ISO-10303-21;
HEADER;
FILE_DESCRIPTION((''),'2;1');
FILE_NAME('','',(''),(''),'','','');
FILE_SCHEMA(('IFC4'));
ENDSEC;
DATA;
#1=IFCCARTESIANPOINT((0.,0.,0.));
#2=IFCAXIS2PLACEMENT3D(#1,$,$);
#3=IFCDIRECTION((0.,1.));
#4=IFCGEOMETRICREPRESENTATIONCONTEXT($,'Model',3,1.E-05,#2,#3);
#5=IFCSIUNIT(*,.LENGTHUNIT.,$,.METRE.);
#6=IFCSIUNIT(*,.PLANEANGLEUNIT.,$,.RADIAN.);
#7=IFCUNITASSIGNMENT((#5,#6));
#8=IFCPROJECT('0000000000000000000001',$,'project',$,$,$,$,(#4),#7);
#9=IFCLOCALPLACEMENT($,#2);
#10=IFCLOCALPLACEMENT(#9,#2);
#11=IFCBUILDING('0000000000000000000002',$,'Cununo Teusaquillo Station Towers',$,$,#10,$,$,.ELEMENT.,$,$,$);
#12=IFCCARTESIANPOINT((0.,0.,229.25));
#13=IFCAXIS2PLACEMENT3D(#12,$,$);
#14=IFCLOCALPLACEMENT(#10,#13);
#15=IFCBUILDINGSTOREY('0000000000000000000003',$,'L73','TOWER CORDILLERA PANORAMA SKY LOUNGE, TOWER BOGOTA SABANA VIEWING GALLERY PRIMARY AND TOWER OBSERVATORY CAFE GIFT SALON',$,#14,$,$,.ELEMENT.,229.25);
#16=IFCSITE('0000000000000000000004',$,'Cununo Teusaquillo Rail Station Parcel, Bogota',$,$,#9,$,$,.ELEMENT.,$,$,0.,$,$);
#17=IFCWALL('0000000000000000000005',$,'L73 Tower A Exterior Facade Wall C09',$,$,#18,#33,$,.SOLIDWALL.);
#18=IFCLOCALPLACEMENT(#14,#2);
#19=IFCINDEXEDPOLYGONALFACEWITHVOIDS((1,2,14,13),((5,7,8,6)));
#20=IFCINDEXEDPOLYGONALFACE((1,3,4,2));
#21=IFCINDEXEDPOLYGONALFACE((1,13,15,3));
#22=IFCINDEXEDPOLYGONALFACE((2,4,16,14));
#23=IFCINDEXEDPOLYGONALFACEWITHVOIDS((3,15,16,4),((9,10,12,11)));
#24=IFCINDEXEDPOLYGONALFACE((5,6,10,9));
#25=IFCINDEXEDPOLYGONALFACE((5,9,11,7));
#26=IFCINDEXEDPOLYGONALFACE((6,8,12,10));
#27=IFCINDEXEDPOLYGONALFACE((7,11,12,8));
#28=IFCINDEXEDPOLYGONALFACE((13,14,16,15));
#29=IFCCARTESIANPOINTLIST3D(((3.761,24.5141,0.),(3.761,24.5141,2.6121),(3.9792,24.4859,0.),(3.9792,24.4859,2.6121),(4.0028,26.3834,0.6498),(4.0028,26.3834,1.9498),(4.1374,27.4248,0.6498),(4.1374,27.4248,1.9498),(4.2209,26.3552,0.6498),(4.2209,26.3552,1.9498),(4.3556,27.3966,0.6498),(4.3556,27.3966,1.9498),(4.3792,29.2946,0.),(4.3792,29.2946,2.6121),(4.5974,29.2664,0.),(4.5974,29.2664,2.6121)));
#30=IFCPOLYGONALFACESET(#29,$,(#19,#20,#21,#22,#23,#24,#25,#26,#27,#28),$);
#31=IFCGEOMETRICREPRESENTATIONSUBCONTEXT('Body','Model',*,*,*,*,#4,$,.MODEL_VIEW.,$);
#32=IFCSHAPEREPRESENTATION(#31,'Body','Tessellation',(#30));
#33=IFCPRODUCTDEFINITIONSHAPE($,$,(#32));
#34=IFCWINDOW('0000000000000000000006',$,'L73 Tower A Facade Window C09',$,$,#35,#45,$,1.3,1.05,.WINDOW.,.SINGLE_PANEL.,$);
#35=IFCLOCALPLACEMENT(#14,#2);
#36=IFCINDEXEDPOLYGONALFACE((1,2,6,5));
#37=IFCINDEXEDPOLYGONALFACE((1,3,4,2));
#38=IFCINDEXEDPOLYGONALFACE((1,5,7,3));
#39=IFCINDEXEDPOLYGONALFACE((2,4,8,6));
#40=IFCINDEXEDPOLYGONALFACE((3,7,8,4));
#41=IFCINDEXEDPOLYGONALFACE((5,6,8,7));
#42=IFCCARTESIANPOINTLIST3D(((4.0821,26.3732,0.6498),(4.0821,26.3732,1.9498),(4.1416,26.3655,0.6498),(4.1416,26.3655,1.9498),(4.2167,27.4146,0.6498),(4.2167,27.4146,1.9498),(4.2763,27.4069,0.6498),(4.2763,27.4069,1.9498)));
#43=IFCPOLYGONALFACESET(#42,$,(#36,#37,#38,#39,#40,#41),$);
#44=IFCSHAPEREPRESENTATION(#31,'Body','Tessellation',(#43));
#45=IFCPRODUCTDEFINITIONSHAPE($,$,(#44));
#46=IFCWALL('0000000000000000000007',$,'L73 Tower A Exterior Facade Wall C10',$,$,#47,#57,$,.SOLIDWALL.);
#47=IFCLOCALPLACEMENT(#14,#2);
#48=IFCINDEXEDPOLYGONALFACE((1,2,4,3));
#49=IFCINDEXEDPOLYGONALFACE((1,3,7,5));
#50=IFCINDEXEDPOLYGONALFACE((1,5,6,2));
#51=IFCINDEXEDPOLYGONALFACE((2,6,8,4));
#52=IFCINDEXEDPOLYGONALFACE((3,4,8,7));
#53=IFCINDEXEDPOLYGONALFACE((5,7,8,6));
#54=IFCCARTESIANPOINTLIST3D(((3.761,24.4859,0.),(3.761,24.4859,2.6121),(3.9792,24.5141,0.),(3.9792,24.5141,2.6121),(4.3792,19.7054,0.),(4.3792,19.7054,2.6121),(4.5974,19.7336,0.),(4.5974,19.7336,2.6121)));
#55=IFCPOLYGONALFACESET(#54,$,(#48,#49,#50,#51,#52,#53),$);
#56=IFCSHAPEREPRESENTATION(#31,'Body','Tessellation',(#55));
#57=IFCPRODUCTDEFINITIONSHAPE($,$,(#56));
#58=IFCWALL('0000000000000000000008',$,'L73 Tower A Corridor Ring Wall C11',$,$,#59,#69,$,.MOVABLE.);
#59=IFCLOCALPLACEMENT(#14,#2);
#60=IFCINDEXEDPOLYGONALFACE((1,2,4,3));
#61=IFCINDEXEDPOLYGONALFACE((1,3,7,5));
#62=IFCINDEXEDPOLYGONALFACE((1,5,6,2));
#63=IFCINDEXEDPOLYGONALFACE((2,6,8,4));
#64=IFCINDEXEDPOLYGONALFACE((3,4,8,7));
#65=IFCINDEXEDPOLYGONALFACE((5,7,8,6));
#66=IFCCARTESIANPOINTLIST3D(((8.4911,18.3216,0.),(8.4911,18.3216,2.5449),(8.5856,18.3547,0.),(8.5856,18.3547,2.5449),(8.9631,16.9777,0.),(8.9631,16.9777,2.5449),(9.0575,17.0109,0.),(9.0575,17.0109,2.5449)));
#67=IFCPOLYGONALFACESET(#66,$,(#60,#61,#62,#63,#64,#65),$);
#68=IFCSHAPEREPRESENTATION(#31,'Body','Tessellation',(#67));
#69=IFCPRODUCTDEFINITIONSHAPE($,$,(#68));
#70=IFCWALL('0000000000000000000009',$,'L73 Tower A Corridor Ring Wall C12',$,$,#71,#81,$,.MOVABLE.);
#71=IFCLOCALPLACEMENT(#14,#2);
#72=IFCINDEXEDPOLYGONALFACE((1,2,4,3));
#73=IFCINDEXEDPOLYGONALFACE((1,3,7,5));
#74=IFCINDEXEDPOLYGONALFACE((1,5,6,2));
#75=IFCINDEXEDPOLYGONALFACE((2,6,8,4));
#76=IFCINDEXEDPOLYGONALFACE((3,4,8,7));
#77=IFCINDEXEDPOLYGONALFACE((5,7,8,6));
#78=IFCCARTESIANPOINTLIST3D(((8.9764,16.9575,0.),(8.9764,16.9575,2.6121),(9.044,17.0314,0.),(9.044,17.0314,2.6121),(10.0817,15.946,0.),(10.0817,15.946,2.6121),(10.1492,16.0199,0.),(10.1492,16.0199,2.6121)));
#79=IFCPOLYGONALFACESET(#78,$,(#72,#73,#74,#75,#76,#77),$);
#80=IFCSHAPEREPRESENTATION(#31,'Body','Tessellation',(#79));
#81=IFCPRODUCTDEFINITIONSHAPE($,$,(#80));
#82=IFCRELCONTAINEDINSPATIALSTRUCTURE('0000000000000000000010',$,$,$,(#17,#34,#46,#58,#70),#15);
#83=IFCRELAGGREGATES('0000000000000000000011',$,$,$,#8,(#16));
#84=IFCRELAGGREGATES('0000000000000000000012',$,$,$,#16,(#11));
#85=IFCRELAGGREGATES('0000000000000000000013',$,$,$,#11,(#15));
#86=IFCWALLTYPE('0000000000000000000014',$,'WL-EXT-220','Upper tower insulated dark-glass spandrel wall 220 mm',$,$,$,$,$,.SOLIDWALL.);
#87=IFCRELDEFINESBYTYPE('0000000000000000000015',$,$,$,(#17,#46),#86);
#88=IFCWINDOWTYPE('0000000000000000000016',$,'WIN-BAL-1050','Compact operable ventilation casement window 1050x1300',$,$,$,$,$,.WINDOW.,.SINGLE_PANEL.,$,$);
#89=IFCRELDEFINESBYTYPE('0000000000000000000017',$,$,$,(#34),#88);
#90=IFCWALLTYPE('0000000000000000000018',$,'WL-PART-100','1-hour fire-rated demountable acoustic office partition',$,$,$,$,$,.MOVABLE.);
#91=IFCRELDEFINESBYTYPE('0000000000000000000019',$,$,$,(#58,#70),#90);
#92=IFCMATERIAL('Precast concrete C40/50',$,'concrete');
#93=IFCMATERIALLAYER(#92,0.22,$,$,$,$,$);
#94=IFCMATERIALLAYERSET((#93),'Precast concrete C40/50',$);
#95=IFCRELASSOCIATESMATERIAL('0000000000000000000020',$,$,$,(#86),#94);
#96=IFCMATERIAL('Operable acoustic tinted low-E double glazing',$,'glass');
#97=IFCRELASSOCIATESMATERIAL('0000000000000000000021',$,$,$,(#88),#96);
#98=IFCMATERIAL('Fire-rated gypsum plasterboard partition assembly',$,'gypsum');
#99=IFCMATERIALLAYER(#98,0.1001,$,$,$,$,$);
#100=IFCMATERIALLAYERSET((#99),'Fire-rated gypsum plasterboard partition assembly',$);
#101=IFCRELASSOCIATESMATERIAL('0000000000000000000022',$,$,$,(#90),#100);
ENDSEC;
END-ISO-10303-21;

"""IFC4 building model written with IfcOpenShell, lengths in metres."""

from ifc_helpers import new_model, si_unit, direction, frame, frame_2d, origin, place, context, subcontext, project, spatial, rectangle, extrude, source, transform, mapped, material, layer, layer_set, type_object, element, fill, save


model = new_model("IFC4")

# Units and contexts
model_context = context("Model", 3, precision=1e-05, world=origin(), true_north=direction((0.0, 1.0)))
body_context = subcontext(model_context, "Body", "Model", "MODEL_VIEW")
ifc_project = project(units=[si_unit("LENGTHUNIT", "METRE"), si_unit("PLANEANGLEUNIT", "RADIAN")], contexts=[model_context])

# Site, building, storey
site_placement = place(None, origin())
site = spatial("IfcSite", under=ifc_project, at=site_placement, Name="Cununo Teusaquillo Rail Station Parcel, Bogota", CompositionType="ELEMENT", RefElevation=0.0)
building_placement = place(site_placement, origin())
building = spatial("IfcBuilding", under=site, at=building_placement, Name="Cununo Teusaquillo Station Towers", CompositionType="ELEMENT")
storey_placement = place(building_placement, frame((0.0, 0.0, 229.25)))
storey = spatial("IfcBuildingStorey", under=building, at=storey_placement, Name="L73", Description="TOWER CORDILLERA PANORAMA SKY LOUNGE, TOWER BOGOTA SABANA VIEWING GALLERY PRIMARY AND TOWER OBSERVATORY CAFE GIFT SALON", CompositionType="ELEMENT", Elevation=229.25)

# Wall, opening, window
ifc_material_1 = material(Name="Precast concrete C40/50", Category="concrete")
ifc_layer_1 = layer(ifc_material_1, 0.22)
ifc_layer_set_1 = layer_set([ifc_layer_1], Name="Precast concrete C40/50")
wall_type_1 = type_object("IfcWallType", Name="WL-EXT-220", Description="Upper tower insulated dark-glass spandrel wall 220 mm", PredefinedType="SOLIDWALL", material=ifc_layer_set_1)
wall_1_placement = place(storey_placement, frame((3.8701, 24.5, 0.0), z_axis=(0.0, 0.0, 1.0), x_axis=(0.128241, 0.991743, 0.0)))
wall_1 = element("IfcWall", 1, at=wall_1_placement, inside=storey, type_object=wall_type_1, Name="L73 Tower A Exterior Facade Wall C09", PredefinedType="SOLIDWALL", context=body_context, shape_type="SweptSolid", body=[
    extrude(rectangle(XDim=4.8203, YDim=0.22, at=frame_2d((2.4102, 0.0))), origin(), (0.0, 0.0, 1.0), 2.6121),
])
shared_shape_1 = source(origin(), body_context, "Body", "SweptSolid", [
    extrude(rectangle(XDim=1.05, YDim=1.3, at=frame_2d((0.5249, 0.6499))), frame((0.0, 0.1199, 0.0), z_axis=(0.0, -1.0, 0.0), x_axis=(1.0, 0.0, 0.0)), (0.0, 0.0, 1.0), 0.24),
])
opening_1_placement = place(wall_1_placement, frame((1.885, 0.0, 0.6499)))
opening_1 = element("IfcOpeningElement", 2, at=opening_1_placement, cuts=wall_1, PredefinedType="OPENING", context=body_context, shape_type="MappedRepresentation", body=[
    mapped(shared_shape_1, transform((0.0, 0.0, 0.0), x_axis=(1.0, 0.0, 0.0), y_axis=(0.0, 1.0, 0.0), z_axis=(0.0, 0.0, 1.0), scale=1.0)),
])
ifc_material_2 = material(Name="Operable acoustic tinted low-E double glazing", Category="glass")
window_type = type_object("IfcWindowType", Name="WIN-BAL-1050", Description="Compact operable ventilation casement window 1050x1300", PartitioningType="SINGLE_PANEL", PredefinedType="WINDOW", material=ifc_material_2)
shared_shape_2 = source(origin(), body_context, "Body", "SweptSolid", [
    extrude(rectangle(XDim=1.05, YDim=1.3, at=frame_2d((0.5249, 0.6499))), frame((0.0, 0.03, 0.0), z_axis=(0.0, -1.0, 0.0), x_axis=(1.0, 0.0, 0.0)), (0.0, 0.0, 1.0), 0.0601),
])
window_placement = place(opening_1_placement, origin())
window = element("IfcWindow", 3, at=window_placement, inside=storey, type_object=window_type, Name="L73 Tower A Facade Window C09", OverallHeight=1.3, OverallWidth=1.05, PartitioningType="SINGLE_PANEL", PredefinedType="WINDOW", context=body_context, shape_type="MappedRepresentation", body=[
    mapped(shared_shape_2, transform((0.0, 0.0, 0.0), x_axis=(1.0, 0.0, 0.0), y_axis=(0.0, 1.0, 0.0), z_axis=(0.0, 0.0, 1.0), scale=1.0)),
])
fill(opening_1, window)

# Walls
wall_2_placement = place(storey_placement, frame((4.4883, 19.7195, 0.0), z_axis=(0.0, 0.0, 1.0), x_axis=(-0.128241, 0.991743, 0.0)))
element("IfcWall", 4, at=wall_2_placement, inside=storey, type_object=wall_type_1, Name="L73 Tower A Exterior Facade Wall C10", PredefinedType="SOLIDWALL", context=body_context, shape_type="SweptSolid", body=[
    extrude(rectangle(XDim=4.8203, YDim=0.22, at=frame_2d((2.4102, 0.0))), origin(), (0.0, 0.0, 1.0), 2.6121),
])
ifc_material_3 = material(Name="Fire-rated gypsum plasterboard partition assembly", Category="gypsum")
ifc_layer_2 = layer(ifc_material_3, 0.1001)
ifc_layer_set_2 = layer_set([ifc_layer_2], Name="Fire-rated gypsum plasterboard partition assembly")
wall_type_2 = type_object("IfcWallType", Name="WL-PART-100", Description="1-hour fire-rated demountable acoustic office partition", PredefinedType="MOVABLE", material=ifc_layer_set_2)
wall_3_placement = place(storey_placement, frame((8.5383, 18.3381, 0.0), z_axis=(0.0, 0.0, 1.0), x_axis=(0.331358, -0.943505, 0.0)))
element("IfcWall", 5, at=wall_3_placement, inside=storey, type_object=wall_type_2, Name="L73 Tower A Corridor Ring Wall C11", PredefinedType="MOVABLE", context=body_context, shape_type="SweptSolid", body=[
    extrude(rectangle(XDim=1.4243, YDim=0.1001, at=frame_2d((0.7122, 0.0))), origin(), (0.0, 0.0, 1.0), 2.5449),
])
wall_4_placement = place(storey_placement, frame((9.0103, 16.9944, 0.0), z_axis=(0.0, 0.0, 1.0), x_axis=(0.737702, -0.675127, 0.0)))
element("IfcWall", 6, at=wall_4_placement, inside=storey, type_object=wall_type_2, Name="L73 Tower A Corridor Ring Wall C12", PredefinedType="MOVABLE", context=body_context, shape_type="SweptSolid", body=[
    extrude(rectangle(XDim=1.4983, YDim=0.1001, at=frame_2d((0.749, 0.0))), origin(), (0.0, 0.0, 1.0), 2.6121),
])

save(model, "model.ifc")
